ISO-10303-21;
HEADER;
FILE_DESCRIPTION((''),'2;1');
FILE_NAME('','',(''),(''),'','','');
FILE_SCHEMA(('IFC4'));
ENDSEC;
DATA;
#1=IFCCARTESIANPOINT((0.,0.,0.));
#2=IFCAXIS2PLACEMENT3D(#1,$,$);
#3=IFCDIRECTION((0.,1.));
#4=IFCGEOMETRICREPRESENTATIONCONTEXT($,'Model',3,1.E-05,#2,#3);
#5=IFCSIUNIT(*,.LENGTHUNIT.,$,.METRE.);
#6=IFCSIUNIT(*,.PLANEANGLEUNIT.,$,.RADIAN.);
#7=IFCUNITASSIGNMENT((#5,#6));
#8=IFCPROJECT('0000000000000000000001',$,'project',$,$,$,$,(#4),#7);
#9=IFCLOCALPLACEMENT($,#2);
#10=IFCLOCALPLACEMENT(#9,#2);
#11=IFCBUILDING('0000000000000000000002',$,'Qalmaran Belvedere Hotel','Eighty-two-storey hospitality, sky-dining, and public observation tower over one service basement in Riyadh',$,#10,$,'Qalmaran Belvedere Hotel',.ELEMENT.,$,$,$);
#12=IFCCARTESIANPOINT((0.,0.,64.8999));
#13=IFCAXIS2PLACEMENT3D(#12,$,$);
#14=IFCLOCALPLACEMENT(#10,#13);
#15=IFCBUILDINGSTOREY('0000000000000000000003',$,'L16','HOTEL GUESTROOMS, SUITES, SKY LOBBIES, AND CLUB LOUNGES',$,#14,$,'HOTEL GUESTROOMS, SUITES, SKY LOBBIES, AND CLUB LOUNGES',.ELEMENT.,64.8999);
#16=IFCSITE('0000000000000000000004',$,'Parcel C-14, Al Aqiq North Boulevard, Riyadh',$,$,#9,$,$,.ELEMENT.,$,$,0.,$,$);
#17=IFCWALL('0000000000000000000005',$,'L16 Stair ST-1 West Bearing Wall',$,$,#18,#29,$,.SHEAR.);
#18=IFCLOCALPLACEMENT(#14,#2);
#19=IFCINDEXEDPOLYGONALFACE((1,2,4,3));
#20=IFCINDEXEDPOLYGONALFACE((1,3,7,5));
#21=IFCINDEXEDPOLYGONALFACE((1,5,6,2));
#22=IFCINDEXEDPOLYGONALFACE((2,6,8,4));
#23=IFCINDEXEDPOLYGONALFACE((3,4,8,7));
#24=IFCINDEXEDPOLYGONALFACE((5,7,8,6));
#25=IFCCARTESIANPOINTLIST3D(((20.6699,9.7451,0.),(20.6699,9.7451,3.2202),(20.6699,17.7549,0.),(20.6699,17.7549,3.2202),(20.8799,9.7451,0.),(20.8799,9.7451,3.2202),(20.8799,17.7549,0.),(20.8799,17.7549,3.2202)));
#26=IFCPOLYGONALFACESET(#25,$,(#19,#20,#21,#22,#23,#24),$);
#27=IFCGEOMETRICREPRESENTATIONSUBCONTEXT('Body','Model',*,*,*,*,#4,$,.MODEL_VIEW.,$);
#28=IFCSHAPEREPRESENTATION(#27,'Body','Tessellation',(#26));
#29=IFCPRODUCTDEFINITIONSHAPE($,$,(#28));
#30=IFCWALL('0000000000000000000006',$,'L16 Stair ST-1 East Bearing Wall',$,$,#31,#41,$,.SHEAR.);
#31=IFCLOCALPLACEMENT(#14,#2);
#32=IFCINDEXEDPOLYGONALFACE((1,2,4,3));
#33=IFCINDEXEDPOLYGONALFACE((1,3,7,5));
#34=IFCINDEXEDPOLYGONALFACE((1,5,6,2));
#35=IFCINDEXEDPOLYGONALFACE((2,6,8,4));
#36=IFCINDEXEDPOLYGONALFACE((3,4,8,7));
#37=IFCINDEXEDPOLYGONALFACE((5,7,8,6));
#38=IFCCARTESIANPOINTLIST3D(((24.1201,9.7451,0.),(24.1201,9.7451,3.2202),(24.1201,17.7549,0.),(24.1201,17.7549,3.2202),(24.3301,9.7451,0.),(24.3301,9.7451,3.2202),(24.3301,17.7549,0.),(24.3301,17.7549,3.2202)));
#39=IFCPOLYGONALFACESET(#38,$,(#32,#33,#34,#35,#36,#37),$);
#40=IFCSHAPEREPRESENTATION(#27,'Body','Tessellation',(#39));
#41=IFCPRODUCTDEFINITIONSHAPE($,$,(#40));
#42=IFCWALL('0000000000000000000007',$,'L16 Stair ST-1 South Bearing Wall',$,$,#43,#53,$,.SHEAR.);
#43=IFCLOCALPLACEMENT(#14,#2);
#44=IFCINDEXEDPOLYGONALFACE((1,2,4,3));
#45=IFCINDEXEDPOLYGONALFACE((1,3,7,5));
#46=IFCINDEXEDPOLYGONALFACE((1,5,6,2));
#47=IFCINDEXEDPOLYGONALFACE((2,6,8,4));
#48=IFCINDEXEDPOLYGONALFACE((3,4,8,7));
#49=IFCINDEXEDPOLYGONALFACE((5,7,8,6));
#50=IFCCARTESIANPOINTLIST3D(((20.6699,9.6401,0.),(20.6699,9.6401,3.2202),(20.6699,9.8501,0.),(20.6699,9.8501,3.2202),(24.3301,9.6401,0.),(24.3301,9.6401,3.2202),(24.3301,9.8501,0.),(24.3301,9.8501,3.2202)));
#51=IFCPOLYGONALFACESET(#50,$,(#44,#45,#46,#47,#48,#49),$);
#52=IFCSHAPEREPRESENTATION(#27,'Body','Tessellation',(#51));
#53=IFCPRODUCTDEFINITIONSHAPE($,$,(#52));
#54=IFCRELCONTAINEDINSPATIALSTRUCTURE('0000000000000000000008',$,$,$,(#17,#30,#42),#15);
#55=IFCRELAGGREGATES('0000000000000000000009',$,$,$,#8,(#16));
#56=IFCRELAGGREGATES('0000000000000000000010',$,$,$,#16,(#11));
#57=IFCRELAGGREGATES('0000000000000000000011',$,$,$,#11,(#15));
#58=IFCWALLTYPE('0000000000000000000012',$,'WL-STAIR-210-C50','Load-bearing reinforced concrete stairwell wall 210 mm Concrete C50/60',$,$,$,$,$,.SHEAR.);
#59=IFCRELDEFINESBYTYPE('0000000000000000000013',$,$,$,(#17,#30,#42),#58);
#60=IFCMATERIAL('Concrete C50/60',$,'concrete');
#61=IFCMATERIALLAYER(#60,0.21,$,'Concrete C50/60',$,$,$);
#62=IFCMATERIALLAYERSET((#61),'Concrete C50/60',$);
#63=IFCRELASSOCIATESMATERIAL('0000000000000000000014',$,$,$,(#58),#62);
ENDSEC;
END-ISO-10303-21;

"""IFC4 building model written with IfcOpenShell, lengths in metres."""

from ifc_helpers import new_model, si_unit, direction, frame, frame_2d, origin, place, context, subcontext, project, spatial, rectangle, extrude, material, layer, layer_set, type_object, element, save


model = new_model("IFC4")

# Units and contexts
model_context = context("Model", 3, precision=1e-05, world=origin(), true_north=direction((0.0, 1.0)))
body_context = subcontext(model_context, "Body", "Model", "MODEL_VIEW")
ifc_project = project(units=[si_unit("LENGTHUNIT", "METRE"), si_unit("PLANEANGLEUNIT", "RADIAN")], contexts=[model_context])

# Site, building, storey
site_placement = place(None, origin())
site = spatial("IfcSite", under=ifc_project, at=site_placement, Name="Parcel C-14, Al Aqiq North Boulevard, Riyadh", CompositionType="ELEMENT", RefElevation=0.0)
building_placement = place(site_placement, origin())
building = spatial("IfcBuilding", under=site, at=building_placement, Name="Qalmaran Belvedere Hotel", Description="Eighty-two-storey hospitality, sky-dining, and public observation tower over one service basement in Riyadh", LongName="Qalmaran Belvedere Hotel", CompositionType="ELEMENT")
storey_placement = place(building_placement, frame((0.0, 0.0, 64.8999)))
storey = spatial("IfcBuildingStorey", under=building, at=storey_placement, Name="L16", Description="HOTEL GUESTROOMS, SUITES, SKY LOBBIES, AND CLUB LOUNGES", LongName="HOTEL GUESTROOMS, SUITES, SKY LOBBIES, AND CLUB LOUNGES", CompositionType="ELEMENT", Elevation=64.8999)

# Shared definitions
ifc_material_1 = material(Name="Concrete C50/60", Category="concrete")

# Walls
ifc_layer_1 = layer(ifc_material_1, 0.21, Name="Concrete C50/60")
ifc_layer_set_1 = layer_set([ifc_layer_1], Name="Concrete C50/60")
wall_type_1 = type_object("IfcWallType", Name="WL-STAIR-210-C50", Description="Load-bearing reinforced concrete stairwell wall 210 mm Concrete C50/60", PredefinedType="SHEAR", material=ifc_layer_set_1)
for number, where, z_axis, x_axis, name in (
    (1, (20.7749, 9.7451, 0.0), (0.0, 0.0, 1.0), (0.0, 1.0, 0.0), "L16 Stair ST-1 West Bearing Wall"),
    (2, (24.2251, 9.7451, 0.0), (0.0, 0.0, 1.0), (0.0, 1.0, 0.0), "L16 Stair ST-1 East Bearing Wall"),
):
    element("IfcWall", number, at=place(storey_placement, frame(where, z_axis=z_axis, x_axis=x_axis)), inside=storey, type_object=wall_type_1, Name=name, PredefinedType="SHEAR", context=body_context, shape_type="SweptSolid", body=[
        extrude(rectangle(XDim=8.0098, YDim=0.21, at=frame_2d((4.0049, 0.0))), origin(), (0.0, 0.0, 1.0), 3.2202),
    ])
wall_1_placement = place(storey_placement, frame((20.6699, 9.7451, 0.0), z_axis=(0.0, 0.0, 1.0), x_axis=(1.0, 0.0, 0.0)))
element("IfcWall", 3, at=wall_1_placement, inside=storey, type_object=wall_type_1, Name="L16 Stair ST-1 South Bearing Wall", PredefinedType="SHEAR", context=body_context, shape_type="SweptSolid", body=[
    extrude(rectangle(XDim=3.6602, YDim=0.21, at=frame_2d((1.8301, 0.0))), origin(), (0.0, 0.0, 1.0), 3.2202),
])

save(model, "model.ifc")
